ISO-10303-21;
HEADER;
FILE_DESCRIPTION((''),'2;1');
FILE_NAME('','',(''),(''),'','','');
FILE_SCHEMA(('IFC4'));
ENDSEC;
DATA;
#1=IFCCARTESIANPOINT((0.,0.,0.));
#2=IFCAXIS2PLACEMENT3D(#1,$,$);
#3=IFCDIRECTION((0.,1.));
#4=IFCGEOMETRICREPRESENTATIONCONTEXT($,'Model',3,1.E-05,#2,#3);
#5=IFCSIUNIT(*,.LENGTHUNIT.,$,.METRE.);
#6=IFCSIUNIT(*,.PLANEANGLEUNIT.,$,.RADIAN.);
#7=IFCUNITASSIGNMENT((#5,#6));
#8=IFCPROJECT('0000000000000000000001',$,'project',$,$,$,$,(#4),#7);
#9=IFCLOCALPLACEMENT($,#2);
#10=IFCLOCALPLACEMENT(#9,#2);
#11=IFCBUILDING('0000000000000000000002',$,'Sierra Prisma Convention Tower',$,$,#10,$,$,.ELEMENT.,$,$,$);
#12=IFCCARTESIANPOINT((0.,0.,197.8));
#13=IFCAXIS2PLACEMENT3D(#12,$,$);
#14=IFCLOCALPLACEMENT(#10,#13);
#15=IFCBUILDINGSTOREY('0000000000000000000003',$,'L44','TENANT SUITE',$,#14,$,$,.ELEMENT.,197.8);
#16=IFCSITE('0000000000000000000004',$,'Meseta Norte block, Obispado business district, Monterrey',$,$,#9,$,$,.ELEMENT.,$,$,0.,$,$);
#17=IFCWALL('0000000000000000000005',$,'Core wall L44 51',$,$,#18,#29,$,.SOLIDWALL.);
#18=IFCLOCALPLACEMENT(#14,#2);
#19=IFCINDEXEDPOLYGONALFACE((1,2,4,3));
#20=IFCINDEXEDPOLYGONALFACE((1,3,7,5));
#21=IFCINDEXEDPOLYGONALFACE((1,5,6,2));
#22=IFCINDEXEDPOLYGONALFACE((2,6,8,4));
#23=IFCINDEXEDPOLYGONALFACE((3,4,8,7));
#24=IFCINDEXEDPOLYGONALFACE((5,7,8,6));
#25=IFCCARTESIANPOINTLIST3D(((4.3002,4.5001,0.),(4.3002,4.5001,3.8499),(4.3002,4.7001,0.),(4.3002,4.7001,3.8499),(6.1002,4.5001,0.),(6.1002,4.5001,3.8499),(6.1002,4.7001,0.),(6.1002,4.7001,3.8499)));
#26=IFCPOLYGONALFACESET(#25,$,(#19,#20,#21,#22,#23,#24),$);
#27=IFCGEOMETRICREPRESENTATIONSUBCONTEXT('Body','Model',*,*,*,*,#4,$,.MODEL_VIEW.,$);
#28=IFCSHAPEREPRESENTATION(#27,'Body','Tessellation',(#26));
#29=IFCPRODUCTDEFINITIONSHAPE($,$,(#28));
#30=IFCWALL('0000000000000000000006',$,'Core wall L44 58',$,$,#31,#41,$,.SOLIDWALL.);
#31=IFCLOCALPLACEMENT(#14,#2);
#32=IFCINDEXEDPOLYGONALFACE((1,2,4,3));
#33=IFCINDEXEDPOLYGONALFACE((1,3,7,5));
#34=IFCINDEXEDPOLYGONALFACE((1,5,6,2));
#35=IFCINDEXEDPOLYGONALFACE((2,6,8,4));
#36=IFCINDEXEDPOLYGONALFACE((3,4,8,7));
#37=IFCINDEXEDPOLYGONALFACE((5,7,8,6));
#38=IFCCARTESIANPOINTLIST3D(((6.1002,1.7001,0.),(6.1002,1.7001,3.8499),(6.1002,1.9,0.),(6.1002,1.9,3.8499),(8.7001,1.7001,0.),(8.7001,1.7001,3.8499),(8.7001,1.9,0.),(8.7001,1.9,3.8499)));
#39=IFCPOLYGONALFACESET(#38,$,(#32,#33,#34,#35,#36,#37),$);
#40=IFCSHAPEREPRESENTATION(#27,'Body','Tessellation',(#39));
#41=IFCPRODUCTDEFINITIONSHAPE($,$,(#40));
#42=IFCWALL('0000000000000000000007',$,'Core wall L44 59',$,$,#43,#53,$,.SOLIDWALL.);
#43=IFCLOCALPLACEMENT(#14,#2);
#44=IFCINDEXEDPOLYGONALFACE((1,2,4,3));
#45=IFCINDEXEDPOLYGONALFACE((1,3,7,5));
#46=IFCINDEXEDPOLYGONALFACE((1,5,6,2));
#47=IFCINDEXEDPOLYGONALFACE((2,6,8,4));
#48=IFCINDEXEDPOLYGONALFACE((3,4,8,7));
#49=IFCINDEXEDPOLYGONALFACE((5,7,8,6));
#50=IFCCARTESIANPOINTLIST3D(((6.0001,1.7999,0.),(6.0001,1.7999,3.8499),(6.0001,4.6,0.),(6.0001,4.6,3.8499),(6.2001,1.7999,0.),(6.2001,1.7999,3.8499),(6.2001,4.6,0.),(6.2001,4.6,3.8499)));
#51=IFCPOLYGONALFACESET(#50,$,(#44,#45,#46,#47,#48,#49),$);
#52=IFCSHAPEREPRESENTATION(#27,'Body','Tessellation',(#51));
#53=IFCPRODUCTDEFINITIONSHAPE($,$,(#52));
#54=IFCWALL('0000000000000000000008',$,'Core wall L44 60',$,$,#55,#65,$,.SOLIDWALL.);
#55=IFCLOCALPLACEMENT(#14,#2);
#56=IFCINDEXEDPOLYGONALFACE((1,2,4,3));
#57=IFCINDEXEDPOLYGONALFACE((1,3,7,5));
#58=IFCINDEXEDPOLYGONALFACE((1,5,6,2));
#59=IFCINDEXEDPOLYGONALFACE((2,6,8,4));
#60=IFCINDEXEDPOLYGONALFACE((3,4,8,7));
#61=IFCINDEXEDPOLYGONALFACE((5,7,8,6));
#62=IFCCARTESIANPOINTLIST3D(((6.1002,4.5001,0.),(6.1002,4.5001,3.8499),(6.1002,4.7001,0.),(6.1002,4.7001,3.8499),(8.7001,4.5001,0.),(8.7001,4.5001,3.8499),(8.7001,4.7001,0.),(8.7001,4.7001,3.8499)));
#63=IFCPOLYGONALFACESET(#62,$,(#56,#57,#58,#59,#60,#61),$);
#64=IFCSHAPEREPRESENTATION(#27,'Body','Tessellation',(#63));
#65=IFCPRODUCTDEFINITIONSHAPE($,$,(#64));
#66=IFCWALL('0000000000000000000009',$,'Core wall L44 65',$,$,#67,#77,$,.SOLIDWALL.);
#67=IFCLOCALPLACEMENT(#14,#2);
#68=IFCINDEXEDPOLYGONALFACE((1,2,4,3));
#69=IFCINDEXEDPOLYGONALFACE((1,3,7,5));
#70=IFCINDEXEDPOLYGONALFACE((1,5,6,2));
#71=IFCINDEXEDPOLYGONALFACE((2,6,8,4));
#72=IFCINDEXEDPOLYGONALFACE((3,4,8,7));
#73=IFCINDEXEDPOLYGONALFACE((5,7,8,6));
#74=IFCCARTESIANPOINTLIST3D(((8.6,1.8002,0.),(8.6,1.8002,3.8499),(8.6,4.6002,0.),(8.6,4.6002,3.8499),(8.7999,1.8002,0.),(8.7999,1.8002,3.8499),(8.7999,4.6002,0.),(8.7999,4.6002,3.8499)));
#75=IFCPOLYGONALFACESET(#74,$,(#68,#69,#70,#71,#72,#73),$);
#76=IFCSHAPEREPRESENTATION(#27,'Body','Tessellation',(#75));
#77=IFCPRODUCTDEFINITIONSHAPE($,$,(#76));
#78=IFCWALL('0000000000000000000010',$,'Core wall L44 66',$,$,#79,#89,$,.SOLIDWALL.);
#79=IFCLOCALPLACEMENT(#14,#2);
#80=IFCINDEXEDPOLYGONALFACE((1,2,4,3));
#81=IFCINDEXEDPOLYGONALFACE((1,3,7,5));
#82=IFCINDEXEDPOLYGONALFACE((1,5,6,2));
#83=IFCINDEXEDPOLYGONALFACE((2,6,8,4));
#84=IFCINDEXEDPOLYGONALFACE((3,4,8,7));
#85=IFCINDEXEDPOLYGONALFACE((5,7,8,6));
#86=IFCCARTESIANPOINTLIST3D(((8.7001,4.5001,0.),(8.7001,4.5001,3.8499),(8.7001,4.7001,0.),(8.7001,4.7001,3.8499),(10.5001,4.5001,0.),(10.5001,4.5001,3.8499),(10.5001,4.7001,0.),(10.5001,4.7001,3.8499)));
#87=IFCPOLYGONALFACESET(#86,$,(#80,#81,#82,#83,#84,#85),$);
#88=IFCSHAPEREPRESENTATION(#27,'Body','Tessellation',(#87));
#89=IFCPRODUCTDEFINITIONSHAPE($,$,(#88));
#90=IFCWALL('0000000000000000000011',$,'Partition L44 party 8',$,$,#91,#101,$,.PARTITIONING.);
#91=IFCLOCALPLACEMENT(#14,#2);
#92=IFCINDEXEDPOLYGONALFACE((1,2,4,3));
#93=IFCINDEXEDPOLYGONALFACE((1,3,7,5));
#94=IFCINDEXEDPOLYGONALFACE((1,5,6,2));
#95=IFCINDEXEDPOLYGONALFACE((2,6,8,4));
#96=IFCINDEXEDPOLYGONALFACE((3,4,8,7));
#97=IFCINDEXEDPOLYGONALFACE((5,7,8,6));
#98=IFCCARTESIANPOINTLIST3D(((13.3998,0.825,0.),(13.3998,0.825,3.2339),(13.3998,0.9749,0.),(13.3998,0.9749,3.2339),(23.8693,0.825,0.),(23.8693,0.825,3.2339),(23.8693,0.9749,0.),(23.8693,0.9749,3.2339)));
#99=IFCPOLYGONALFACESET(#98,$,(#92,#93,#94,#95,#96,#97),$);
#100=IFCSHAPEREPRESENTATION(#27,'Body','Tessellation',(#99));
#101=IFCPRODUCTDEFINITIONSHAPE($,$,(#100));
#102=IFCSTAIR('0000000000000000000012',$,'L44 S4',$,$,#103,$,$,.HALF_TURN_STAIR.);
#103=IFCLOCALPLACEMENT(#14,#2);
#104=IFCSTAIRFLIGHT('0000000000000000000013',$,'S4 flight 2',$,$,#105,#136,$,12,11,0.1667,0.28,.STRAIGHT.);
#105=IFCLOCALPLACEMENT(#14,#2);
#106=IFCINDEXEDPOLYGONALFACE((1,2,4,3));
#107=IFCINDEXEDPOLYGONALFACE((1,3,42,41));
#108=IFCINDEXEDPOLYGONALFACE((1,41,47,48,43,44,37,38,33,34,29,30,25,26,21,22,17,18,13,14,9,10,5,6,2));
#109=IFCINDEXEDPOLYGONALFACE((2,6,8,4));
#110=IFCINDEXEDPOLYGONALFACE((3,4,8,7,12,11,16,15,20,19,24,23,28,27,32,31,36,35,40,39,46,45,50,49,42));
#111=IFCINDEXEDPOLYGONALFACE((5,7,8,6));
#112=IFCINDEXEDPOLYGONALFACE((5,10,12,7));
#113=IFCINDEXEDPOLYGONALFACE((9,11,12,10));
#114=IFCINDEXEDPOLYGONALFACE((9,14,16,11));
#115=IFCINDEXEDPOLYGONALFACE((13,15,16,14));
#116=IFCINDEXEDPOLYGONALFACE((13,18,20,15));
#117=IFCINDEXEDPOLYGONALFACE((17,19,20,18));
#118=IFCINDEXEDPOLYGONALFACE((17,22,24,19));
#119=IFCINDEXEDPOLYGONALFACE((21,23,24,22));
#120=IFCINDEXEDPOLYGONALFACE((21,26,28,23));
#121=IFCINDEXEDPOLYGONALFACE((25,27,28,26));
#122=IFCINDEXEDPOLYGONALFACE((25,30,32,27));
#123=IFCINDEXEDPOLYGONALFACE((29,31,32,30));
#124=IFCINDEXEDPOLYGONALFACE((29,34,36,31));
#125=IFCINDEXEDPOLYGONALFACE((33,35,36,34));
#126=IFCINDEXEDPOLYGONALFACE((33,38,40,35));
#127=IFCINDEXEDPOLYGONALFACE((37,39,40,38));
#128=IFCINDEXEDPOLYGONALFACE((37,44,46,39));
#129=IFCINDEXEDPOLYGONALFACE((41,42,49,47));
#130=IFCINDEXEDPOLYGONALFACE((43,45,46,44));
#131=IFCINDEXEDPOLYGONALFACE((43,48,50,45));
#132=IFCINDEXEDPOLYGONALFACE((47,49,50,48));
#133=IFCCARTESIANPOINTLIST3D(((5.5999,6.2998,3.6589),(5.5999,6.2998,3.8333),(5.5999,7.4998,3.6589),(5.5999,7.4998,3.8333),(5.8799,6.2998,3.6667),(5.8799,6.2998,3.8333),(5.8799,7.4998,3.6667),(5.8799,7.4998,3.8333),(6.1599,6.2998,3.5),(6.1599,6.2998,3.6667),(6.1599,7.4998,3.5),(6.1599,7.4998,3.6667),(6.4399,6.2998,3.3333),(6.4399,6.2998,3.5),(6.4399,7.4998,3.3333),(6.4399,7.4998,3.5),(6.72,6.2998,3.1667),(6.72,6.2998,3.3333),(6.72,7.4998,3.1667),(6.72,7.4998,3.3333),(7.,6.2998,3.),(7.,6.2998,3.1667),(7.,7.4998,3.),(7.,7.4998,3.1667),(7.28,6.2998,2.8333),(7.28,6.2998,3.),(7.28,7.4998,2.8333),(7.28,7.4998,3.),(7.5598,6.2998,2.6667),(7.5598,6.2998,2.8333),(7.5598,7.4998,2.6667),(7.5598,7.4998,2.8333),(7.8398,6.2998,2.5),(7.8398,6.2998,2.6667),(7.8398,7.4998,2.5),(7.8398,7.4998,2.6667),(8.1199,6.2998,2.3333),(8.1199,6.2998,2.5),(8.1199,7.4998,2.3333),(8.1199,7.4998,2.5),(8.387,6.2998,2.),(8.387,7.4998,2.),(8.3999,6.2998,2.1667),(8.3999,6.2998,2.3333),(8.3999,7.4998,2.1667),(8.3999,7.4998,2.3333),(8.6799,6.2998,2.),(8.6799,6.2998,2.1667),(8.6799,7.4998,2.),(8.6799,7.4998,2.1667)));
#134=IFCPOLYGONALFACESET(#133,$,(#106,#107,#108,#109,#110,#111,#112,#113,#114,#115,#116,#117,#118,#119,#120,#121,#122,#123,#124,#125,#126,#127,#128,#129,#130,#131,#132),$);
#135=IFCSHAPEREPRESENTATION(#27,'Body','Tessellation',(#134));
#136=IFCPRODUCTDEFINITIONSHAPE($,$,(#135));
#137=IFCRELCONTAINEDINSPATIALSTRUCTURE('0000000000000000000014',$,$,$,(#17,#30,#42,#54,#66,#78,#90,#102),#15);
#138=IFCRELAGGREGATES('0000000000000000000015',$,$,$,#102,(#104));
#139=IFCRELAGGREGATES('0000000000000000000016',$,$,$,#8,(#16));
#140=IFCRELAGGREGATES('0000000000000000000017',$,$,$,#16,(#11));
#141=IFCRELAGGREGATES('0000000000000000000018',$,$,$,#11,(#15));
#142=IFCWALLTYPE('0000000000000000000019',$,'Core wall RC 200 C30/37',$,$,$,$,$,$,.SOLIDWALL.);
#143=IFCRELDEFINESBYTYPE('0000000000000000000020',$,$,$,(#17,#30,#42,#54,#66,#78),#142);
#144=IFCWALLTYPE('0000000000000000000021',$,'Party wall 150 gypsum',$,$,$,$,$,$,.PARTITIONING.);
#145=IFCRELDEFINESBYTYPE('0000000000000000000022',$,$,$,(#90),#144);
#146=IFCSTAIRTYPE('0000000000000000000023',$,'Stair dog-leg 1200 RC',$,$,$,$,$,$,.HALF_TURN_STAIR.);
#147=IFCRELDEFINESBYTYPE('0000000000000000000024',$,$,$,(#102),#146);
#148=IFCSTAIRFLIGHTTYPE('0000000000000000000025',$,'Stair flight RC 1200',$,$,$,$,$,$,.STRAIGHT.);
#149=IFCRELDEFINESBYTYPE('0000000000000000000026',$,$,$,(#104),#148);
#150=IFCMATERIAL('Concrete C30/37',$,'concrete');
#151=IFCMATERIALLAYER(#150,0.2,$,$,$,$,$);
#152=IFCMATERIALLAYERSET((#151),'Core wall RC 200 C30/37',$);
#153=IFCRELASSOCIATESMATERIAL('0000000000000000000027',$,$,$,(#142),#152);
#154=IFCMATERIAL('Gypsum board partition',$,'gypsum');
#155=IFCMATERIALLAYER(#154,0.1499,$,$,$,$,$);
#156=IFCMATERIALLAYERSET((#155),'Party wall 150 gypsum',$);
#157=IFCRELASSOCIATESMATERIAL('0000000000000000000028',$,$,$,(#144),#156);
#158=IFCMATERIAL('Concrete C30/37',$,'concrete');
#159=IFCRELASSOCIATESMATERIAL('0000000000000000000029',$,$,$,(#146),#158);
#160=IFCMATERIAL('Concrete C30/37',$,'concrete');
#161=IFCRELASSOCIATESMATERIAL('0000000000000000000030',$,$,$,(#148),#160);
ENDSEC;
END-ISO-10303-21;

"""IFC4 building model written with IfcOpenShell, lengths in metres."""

from ifc_helpers import new_model, si_unit, direction, frame, frame_2d, origin, place, context, subcontext, project, spatial, polyline, rectangle, outline, extrude, material, layer, layer_set, type_object, element, aggregate, save


model = new_model("IFC4")

# Units and contexts
model_context = context("Model", 3, precision=1e-05, world=origin(), true_north=direction((0.0, 1.0)))
body_context = subcontext(model_context, "Body", "Model", "MODEL_VIEW")
ifc_project = project(units=[si_unit("LENGTHUNIT", "METRE"), si_unit("PLANEANGLEUNIT", "RADIAN")], contexts=[model_context])

# Site, building, storey
site_placement = place(None, origin())
site = spatial("IfcSite", under=ifc_project, at=site_placement, Name="Meseta Norte block, Obispado business district, Monterrey", CompositionType="ELEMENT", RefElevation=0.0)
building_placement = place(site_placement, origin())
building = spatial("IfcBuilding", under=site, at=building_placement, Name="Sierra Prisma Convention Tower", CompositionType="ELEMENT")
storey_placement = place(building_placement, frame((0.0, 0.0, 197.8)))
storey = spatial("IfcBuildingStorey", under=building, at=storey_placement, Name="L44", Description="TENANT SUITE", CompositionType="ELEMENT", Elevation=197.8)

# Walls
ifc_material_1 = material(Name="Concrete C30/37", Category="concrete")
ifc_layer_1 = layer(ifc_material_1, 0.2)
ifc_layer_set_1 = layer_set([ifc_layer_1], Name="Core wall RC 200 C30/37")
wall_type_1 = type_object("IfcWallType", Name="Core wall RC 200 C30/37", PredefinedType="SOLIDWALL", material=ifc_layer_set_1)
wall_1_placement = place(storey_placement, frame((6.1001, 4.6001, 0.0), z_axis=(0.0, 0.0, 1.0), x_axis=(-1.0, 0.0, 0.0)))
element("IfcWall", 1, at=wall_1_placement, inside=storey, type_object=wall_type_1, Name="Core wall L44 51", PredefinedType="SOLIDWALL", context=body_context, shape_type="SweptSolid", body=[
    extrude(rectangle(XDim=1.8, YDim=0.2, at=frame_2d((0.8999, 0.0))), origin(), (0.0, 0.0, 1.0), 3.8499),
])
wall_2_placement = place(storey_placement, frame((8.7, 1.8, 0.0), z_axis=(0.0, 0.0, 1.0), x_axis=(-1.0, 0.0, 0.0)))
element("IfcWall", 2, at=wall_2_placement, inside=storey, type_object=wall_type_1, Name="Core wall L44 58", PredefinedType="SOLIDWALL", context=body_context, shape_type="SweptSolid", body=[
    extrude(rectangle(XDim=2.5999, YDim=0.2, at=frame_2d((1.2998, 0.0))), origin(), (0.0, 0.0, 1.0), 3.8499),
])
wall_3_placement = place(storey_placement, frame((6.1001, 1.8, 0.0), z_axis=(0.0, 0.0, 1.0), x_axis=(0.0, 1.0, 0.0)))
element("IfcWall", 3, at=wall_3_placement, inside=storey, type_object=wall_type_1, Name="Core wall L44 59", PredefinedType="SOLIDWALL", context=body_context, shape_type="SweptSolid", body=[
    extrude(rectangle(XDim=2.8, YDim=0.2, at=frame_2d((1.3999, 0.0))), origin(), (0.0, 0.0, 1.0), 3.8499),
])
wall_4_placement = place(storey_placement, frame((8.7, 4.6001, 0.0), z_axis=(0.0, 0.0, 1.0), x_axis=(-1.0, 0.0, 0.0)))
element("IfcWall", 4, at=wall_4_placement, inside=storey, type_object=wall_type_1, Name="Core wall L44 60", PredefinedType="SOLIDWALL", context=body_context, shape_type="SweptSolid", body=[
    extrude(rectangle(XDim=2.5999, YDim=0.2, at=frame_2d((1.2998, 0.0))), origin(), (0.0, 0.0, 1.0), 3.8499),
])

# Walls
wall_5_placement = place(storey_placement, frame((8.7, 4.6001, 0.0), z_axis=(0.0, 0.0, 1.0), x_axis=(0.0, -1.0, 0.0)))
element("IfcWall", 5, at=wall_5_placement, inside=storey, type_object=wall_type_1, Name="Core wall L44 65", PredefinedType="SOLIDWALL", context=body_context, shape_type="SweptSolid", body=[
    extrude(rectangle(XDim=2.8, YDim=0.2, at=frame_2d((1.3999, 0.0))), origin(), (0.0, 0.0, 1.0), 3.8499),
])
wall_6_placement = place(storey_placement, frame((10.5, 4.6001, 0.0), z_axis=(0.0, 0.0, 1.0), x_axis=(-1.0, 0.0, 0.0)))
element("IfcWall", 6, at=wall_6_placement, inside=storey, type_object=wall_type_1, Name="Core wall L44 66", PredefinedType="SOLIDWALL", context=body_context, shape_type="SweptSolid", body=[
    extrude(rectangle(XDim=1.8, YDim=0.2, at=frame_2d((0.8999, 0.0))), origin(), (0.0, 0.0, 1.0), 3.8499),
])
ifc_material_2 = material(Name="Gypsum board partition", Category="gypsum")
ifc_layer_2 = layer(ifc_material_2, 0.1499)
ifc_layer_set_2 = layer_set([ifc_layer_2], Name="Party wall 150 gypsum")
wall_type_2 = type_object("IfcWallType", Name="Party wall 150 gypsum", PredefinedType="PARTITIONING", material=ifc_layer_set_2)
wall_7_placement = place(storey_placement, frame((23.8694, 0.8999, 0.0), z_axis=(0.0, 0.0, 1.0), x_axis=(-1.0, 0.0, 0.0)))
element("IfcWall", 7, at=wall_7_placement, inside=storey, type_object=wall_type_2, Name="Partition L44 party 8", PredefinedType="PARTITIONING", context=body_context, shape_type="SweptSolid", body=[
    extrude(rectangle(XDim=10.4695, YDim=0.1499, at=frame_2d((5.2349, 0.0))), origin(), (0.0, 0.0, 1.0), 3.2339),
])

# Stair, stair flight
ifc_material_3 = material(Name="Concrete C30/37", Category="concrete")
stair_type = type_object("IfcStairType", Name="Stair dog-leg 1200 RC", PredefinedType="HALF_TURN_STAIR", material=ifc_material_3)
stair_placement = place(storey_placement, origin())
stair = element("IfcStair", 8, at=stair_placement, inside=storey, type_object=stair_type, Name="L44 S4", PredefinedType="HALF_TURN_STAIR")
ifc_material_4 = material(Name="Concrete C30/37", Category="concrete")
stair_flight_type = type_object("IfcStairFlightType", Name="Stair flight RC 1200", PredefinedType="STRAIGHT", material=ifc_material_4)
stair_flight_placement = place(storey_placement, frame((8.6799, 6.8999, 2.0), z_axis=(0.0, 0.0, 1.0), x_axis=(-1.0, 0.0, 0.0)))
stair_flight = element("IfcStairFlight", 9, at=stair_flight_placement, type_object=stair_flight_type, Name="S4 flight 2", NumberOfRisers=12, NumberOfTreads=11, PredefinedType="STRAIGHT", RiserHeight=0.1667, TreadLength=0.28, context=body_context, shape_type="SweptSolid", body=[
    extrude(outline(polyline([(0.0, 0.0), (0.0, 0.1667), (0.28, 0.1667), (0.28, 0.3333), (0.5601, 0.3333), (0.5601, 0.5), (0.8401, 0.5), (0.8401, 0.6667), (1.1201, 0.6667), (1.1201, 0.8333), (1.3999, 0.8333), (1.3999, 1.0), (1.6799, 1.0), (1.6799, 1.1667), (1.96, 1.1667), (1.96, 1.3333), (2.24, 1.3333), (2.24, 1.5), (2.52, 1.5), (2.52, 1.6667), (2.8, 1.6667), (2.8, 1.8333), (3.0801, 1.8333), (3.0801, 2.0), (3.0801, 1.6589), (0.293, 0.0), (0.0, 0.0)])), frame((0.0, 0.6001, 0.0), z_axis=(0.0, -1.0, 0.0), x_axis=(1.0, 0.0, 0.0)), (0.0, 0.0, 1.0), 1.2),
])
aggregate(stair, [stair_flight])

save(model, "model.ifc")
